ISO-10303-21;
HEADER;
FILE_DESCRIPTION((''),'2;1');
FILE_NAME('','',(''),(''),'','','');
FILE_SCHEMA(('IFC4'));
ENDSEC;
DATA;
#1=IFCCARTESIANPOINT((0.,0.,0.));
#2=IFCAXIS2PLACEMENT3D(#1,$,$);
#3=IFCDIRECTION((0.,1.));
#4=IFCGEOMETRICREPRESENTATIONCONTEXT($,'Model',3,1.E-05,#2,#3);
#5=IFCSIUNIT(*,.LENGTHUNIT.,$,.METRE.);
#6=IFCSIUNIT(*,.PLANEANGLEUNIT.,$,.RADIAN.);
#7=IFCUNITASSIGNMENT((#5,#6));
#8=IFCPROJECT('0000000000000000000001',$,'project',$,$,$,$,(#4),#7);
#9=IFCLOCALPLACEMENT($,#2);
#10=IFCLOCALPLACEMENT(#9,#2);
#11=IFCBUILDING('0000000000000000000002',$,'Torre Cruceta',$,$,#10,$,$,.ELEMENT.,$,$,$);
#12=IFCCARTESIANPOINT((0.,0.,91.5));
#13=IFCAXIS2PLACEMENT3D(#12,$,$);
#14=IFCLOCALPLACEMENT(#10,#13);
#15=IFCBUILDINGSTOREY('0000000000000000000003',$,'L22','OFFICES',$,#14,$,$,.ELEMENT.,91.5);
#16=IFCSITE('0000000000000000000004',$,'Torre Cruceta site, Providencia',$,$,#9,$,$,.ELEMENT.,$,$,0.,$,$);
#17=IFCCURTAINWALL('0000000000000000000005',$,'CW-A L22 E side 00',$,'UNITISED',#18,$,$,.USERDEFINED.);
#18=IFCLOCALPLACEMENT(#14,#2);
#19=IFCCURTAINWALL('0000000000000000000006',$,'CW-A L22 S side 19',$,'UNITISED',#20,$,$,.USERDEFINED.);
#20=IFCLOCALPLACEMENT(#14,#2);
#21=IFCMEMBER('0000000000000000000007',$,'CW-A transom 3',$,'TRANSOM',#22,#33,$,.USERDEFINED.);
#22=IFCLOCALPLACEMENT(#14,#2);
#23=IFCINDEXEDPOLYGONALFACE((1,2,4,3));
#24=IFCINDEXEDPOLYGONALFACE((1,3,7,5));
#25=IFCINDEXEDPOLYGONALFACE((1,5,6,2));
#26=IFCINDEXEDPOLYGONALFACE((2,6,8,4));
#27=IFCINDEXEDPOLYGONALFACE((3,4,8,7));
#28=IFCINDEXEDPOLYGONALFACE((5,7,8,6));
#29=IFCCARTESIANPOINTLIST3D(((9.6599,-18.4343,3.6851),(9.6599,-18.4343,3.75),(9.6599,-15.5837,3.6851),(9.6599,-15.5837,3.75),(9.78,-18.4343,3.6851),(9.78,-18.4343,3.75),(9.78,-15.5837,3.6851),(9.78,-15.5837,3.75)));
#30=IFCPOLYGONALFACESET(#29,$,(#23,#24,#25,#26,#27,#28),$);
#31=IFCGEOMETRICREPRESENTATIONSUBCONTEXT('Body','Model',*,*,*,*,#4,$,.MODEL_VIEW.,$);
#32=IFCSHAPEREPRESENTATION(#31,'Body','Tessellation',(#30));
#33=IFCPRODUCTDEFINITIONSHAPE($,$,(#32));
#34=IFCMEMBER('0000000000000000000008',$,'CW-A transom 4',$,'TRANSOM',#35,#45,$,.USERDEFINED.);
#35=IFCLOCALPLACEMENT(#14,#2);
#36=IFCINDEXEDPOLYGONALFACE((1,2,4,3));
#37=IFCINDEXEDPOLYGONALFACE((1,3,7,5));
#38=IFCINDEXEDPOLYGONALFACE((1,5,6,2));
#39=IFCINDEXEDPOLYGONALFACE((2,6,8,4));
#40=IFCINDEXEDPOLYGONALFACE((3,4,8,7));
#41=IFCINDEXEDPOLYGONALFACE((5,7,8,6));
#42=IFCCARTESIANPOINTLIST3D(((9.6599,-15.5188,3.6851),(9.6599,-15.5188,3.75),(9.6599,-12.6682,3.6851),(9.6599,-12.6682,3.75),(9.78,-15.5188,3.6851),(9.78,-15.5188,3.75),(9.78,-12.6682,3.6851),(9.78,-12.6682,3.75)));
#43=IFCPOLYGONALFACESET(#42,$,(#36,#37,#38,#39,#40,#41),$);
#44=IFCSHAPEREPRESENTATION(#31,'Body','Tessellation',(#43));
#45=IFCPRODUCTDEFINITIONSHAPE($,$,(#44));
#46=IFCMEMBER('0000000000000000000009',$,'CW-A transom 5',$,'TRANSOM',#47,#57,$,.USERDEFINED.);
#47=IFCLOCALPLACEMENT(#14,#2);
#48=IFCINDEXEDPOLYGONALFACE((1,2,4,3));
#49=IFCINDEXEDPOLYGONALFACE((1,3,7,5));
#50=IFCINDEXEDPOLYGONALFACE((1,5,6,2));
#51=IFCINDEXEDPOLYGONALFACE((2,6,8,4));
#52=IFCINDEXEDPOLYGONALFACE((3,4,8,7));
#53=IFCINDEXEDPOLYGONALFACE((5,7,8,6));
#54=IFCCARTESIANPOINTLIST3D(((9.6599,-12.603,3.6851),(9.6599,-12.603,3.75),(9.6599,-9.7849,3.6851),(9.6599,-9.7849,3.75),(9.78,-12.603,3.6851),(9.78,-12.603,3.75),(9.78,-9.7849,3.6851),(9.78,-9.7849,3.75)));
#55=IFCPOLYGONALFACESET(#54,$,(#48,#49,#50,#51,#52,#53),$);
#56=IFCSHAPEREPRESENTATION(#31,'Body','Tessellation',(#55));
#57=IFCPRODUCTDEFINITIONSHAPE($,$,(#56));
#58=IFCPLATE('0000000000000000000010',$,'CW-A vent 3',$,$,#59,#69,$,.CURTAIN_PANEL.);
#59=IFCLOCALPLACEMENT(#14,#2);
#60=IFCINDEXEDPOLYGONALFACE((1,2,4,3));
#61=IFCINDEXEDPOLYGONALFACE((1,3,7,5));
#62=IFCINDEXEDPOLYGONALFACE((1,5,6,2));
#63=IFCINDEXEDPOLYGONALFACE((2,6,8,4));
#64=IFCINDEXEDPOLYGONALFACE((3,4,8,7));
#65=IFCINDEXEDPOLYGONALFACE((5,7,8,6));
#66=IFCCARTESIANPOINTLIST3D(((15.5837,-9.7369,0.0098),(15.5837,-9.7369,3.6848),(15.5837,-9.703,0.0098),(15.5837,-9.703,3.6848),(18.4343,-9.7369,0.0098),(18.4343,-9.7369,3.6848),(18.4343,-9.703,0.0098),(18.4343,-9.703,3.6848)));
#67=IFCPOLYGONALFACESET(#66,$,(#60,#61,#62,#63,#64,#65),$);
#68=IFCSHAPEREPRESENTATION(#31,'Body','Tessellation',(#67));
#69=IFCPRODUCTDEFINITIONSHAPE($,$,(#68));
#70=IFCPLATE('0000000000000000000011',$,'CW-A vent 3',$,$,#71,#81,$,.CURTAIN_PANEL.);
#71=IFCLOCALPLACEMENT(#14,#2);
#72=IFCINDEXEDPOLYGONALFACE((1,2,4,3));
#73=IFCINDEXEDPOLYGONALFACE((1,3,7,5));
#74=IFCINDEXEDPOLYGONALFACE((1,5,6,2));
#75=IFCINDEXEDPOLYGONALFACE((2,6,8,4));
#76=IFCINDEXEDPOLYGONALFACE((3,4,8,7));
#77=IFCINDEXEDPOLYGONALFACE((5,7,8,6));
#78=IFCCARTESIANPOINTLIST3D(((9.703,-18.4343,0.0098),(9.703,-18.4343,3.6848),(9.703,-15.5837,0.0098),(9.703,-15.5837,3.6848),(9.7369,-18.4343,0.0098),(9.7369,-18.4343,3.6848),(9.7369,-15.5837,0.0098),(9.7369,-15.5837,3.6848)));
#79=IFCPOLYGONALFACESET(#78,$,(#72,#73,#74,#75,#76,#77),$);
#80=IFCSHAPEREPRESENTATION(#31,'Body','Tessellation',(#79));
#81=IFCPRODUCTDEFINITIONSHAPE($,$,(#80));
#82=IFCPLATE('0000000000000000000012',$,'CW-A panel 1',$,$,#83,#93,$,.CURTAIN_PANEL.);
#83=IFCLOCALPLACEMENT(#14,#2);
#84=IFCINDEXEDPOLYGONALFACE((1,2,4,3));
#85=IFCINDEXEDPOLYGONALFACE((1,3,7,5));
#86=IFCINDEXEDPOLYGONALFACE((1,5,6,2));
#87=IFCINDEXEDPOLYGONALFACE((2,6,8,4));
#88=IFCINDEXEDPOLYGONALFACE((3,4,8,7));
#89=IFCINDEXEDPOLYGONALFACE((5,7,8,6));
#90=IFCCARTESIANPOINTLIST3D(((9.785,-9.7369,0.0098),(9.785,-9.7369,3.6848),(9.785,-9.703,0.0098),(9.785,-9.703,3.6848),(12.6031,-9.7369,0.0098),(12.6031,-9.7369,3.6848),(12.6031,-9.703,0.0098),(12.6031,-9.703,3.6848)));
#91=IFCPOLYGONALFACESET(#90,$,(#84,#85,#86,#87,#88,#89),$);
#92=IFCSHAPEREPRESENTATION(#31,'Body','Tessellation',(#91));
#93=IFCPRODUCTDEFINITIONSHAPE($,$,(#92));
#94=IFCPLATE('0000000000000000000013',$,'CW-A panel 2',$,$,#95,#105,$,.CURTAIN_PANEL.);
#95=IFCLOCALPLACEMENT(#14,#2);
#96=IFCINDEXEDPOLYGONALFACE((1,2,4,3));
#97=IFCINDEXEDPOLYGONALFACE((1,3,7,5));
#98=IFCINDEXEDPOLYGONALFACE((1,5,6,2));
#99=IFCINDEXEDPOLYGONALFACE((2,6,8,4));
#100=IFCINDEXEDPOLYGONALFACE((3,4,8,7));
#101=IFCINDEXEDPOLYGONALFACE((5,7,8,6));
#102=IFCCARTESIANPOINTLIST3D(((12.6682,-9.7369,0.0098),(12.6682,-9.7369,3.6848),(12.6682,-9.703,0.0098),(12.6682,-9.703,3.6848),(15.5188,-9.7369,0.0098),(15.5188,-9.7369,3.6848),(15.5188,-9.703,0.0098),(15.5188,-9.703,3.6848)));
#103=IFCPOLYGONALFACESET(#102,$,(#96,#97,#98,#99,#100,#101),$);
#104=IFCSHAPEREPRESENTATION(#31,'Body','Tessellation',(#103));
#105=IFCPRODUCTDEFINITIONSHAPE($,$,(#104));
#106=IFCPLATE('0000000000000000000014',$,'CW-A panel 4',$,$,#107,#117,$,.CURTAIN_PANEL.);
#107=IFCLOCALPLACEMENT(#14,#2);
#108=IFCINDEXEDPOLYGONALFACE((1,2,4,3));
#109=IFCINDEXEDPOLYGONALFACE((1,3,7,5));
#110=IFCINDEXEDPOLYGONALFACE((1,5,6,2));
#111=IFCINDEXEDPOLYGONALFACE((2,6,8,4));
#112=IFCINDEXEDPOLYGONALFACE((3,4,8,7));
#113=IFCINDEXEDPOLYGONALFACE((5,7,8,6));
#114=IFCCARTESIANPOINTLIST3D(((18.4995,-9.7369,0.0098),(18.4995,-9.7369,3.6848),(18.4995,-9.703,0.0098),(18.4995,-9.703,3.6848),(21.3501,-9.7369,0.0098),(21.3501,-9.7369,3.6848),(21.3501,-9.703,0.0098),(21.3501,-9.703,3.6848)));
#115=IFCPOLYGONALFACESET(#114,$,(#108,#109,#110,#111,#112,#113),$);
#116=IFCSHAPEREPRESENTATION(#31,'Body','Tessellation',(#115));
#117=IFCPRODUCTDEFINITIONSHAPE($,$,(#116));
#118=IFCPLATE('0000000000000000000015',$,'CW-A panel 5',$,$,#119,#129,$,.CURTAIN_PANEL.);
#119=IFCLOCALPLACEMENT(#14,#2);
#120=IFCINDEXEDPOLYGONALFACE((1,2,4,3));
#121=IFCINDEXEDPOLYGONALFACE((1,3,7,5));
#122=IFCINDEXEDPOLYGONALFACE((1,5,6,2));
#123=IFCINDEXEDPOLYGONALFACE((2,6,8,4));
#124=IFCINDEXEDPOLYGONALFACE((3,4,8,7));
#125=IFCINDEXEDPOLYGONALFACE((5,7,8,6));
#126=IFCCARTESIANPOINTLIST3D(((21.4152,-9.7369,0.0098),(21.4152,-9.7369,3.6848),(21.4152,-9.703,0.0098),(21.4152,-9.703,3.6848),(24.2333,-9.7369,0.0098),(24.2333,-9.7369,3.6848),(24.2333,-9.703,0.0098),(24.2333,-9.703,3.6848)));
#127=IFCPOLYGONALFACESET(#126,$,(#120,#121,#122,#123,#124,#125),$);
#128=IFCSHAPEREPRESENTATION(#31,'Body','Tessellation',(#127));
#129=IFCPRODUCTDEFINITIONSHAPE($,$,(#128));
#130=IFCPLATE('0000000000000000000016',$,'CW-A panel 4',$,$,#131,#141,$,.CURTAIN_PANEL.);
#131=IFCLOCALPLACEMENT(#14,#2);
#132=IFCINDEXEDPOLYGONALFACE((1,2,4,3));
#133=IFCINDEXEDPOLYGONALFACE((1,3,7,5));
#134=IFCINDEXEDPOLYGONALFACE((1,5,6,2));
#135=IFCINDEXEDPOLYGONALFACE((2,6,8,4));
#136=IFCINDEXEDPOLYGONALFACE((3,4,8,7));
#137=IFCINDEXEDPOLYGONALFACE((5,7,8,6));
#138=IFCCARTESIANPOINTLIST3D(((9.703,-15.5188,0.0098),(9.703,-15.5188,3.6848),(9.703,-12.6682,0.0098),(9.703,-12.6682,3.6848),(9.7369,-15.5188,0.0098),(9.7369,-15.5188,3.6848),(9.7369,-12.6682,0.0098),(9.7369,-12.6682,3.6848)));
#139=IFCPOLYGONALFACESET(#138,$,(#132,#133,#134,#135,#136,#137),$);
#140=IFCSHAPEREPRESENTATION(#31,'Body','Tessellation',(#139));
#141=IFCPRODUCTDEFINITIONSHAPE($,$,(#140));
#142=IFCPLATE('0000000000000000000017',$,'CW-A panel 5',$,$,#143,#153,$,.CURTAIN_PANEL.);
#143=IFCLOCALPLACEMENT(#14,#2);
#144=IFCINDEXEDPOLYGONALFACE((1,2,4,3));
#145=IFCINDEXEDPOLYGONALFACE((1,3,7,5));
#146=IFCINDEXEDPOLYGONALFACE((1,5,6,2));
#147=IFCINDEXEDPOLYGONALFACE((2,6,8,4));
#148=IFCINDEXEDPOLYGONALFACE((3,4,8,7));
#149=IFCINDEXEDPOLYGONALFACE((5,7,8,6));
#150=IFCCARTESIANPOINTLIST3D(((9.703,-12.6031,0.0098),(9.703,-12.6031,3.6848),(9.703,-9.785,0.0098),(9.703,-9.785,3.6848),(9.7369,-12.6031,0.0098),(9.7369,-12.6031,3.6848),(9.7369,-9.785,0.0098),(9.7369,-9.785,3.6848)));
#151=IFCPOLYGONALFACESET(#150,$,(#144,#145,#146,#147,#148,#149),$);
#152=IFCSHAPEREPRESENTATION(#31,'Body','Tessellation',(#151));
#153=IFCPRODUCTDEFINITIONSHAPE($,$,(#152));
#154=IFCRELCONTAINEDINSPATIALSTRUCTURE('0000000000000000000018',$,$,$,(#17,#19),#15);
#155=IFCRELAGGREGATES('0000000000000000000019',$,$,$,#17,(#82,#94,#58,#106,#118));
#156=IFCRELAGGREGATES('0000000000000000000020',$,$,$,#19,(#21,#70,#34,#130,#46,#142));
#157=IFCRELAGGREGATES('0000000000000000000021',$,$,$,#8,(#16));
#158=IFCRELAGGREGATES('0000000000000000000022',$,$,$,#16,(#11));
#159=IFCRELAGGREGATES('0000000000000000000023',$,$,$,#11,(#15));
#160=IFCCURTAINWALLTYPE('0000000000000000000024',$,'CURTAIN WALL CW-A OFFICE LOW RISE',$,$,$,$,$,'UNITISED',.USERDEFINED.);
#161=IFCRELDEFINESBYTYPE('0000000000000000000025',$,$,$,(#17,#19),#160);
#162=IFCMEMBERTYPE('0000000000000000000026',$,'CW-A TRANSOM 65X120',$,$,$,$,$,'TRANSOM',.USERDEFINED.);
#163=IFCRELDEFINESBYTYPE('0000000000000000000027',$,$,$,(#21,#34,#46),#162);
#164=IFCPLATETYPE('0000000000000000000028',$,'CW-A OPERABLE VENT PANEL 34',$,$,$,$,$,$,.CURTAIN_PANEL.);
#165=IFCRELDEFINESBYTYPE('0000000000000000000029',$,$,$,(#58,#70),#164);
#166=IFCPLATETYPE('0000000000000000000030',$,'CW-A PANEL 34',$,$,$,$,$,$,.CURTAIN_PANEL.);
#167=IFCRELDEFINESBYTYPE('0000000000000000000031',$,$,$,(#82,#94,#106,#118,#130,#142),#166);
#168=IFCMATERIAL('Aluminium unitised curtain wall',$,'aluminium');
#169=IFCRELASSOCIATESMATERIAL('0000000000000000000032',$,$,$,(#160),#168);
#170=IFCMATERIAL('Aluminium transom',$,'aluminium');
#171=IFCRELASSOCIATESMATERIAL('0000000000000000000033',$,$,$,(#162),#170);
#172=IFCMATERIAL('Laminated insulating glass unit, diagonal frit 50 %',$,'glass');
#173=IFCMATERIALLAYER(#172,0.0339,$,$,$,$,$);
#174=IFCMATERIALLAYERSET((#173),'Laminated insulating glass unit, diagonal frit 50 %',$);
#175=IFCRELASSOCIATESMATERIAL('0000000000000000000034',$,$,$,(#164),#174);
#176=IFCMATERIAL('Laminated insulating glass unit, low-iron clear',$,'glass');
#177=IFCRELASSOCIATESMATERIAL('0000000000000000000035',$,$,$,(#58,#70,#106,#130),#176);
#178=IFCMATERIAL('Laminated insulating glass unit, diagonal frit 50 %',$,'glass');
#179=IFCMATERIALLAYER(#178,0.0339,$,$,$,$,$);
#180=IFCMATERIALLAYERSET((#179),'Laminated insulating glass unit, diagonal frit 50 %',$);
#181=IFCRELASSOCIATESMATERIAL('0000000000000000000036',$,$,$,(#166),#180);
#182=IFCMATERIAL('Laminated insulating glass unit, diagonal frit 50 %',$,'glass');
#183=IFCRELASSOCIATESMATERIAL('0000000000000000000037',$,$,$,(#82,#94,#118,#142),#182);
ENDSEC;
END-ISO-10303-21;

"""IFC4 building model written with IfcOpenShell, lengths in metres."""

from ifc_helpers import new_model, si_unit, direction, frame, origin, origin_2d, place, context, subcontext, project, spatial, rectangle, extrude, material, layer, layer_set, material_profile, profile_set, type_object, element, aggregate, save


model = new_model("IFC4")

# Units and contexts
model_context = context("Model", 3, precision=1e-05, world=origin(), true_north=direction((0.0, 1.0)))
body_context = subcontext(model_context, "Body", "Model", "MODEL_VIEW")
ifc_project = project(units=[si_unit("LENGTHUNIT", "METRE"), si_unit("PLANEANGLEUNIT", "RADIAN")], contexts=[model_context])

# Site, building, storey
site_placement = place(None, origin())
site = spatial("IfcSite", under=ifc_project, at=site_placement, Name="Torre Cruceta site, Providencia", CompositionType="ELEMENT", RefElevation=0.0)
building_placement = place(site_placement, origin())
building = spatial("IfcBuilding", under=site, at=building_placement, Name="Torre Cruceta", CompositionType="ELEMENT")
storey_placement = place(building_placement, frame((0.0, 0.0, 91.5)))
storey = spatial("IfcBuildingStorey", under=building, at=storey_placement, Name="L22", Description="OFFICES", CompositionType="ELEMENT", Elevation=91.5)

# Curtain walls
ifc_material_1 = material(Name="Aluminium unitised curtain wall", Category="aluminium")
curtain_wall_type = type_object("IfcCurtainWallType", Name="CURTAIN WALL CW-A OFFICE LOW RISE", ElementType="UNITISED", PredefinedType="USERDEFINED", material=ifc_material_1)
curtain_wall_1_placement = place(storey_placement, origin())
curtain_wall_1 = element("IfcCurtainWall", 1, at=curtain_wall_1_placement, inside=storey, type_object=curtain_wall_type, Name="CW-A L22 E side 00", ObjectType="UNITISED", PredefinedType="USERDEFINED")
curtain_wall_2_placement = place(storey_placement, origin())
curtain_wall_2 = element("IfcCurtainWall", 2, at=curtain_wall_2_placement, inside=storey, type_object=curtain_wall_type, Name="CW-A L22 S side 19", ObjectType="UNITISED", PredefinedType="USERDEFINED")

# Members
ifc_material_2 = material(Name="Aluminium transom", Category="aluminium")
ifc_material_profile_1 = material_profile(ifc_material_2, rectangle(XDim=0.1201, YDim=0.0649, at=origin_2d()), Name="AL 120X65")
ifc_profile_set_1 = profile_set([ifc_material_profile_1], Name="Aluminium transom")
member_type_1 = type_object("IfcMemberType", Name="CW-A TRANSOM 65X120", ElementType="TRANSOM", PredefinedType="USERDEFINED", material=ifc_profile_set_1)
member_1_placement = place(storey_placement, frame((9.72, -18.4343, 3.7175), z_axis=(0.0, 1.0, 0.0), x_axis=(-1.0, 0.0, 0.0)))
member_1 = element("IfcMember", 3, at=member_1_placement, type_object=member_type_1, Name="CW-A transom 3", ObjectType="TRANSOM", PredefinedType="USERDEFINED", context=body_context, shape_type="SweptSolid", body=[
    extrude(rectangle(XDim=0.1201, YDim=0.0649, at=origin_2d()), origin(), (0.0, 0.0, 1.0), 2.8506),
])
member_2_placement = place(storey_placement, frame((9.72, -15.5188, 3.7175), z_axis=(0.0, 1.0, 0.0), x_axis=(-1.0, 0.0, 0.0)))
member_2 = element("IfcMember", 4, at=member_2_placement, type_object=member_type_1, Name="CW-A transom 4", ObjectType="TRANSOM", PredefinedType="USERDEFINED", context=body_context, shape_type="SweptSolid", body=[
    extrude(rectangle(XDim=0.1201, YDim=0.0649, at=origin_2d()), origin(), (0.0, 0.0, 1.0), 2.8506),
])
member_3_placement = place(storey_placement, frame((9.72, -12.603, 3.7175), z_axis=(0.0, 1.0, 0.0), x_axis=(-1.0, 0.0, 0.0)))
member_3 = element("IfcMember", 5, at=member_3_placement, type_object=member_type_1, Name="CW-A transom 5", ObjectType="TRANSOM", PredefinedType="USERDEFINED", context=body_context, shape_type="SweptSolid", body=[
    extrude(rectangle(XDim=0.1201, YDim=0.0649, at=origin_2d()), origin(), (0.0, 0.0, 1.0), 2.8181),
])

# Plates
ifc_material_3 = material(Name="Laminated insulating glass unit, low-iron clear", Category="glass")
ifc_material_4 = material(Name="Laminated insulating glass unit, diagonal frit 50 %", Category="glass")
ifc_layer_1 = layer(ifc_material_4, 0.0339)
ifc_layer_set_1 = layer_set([ifc_layer_1], Name="Laminated insulating glass unit, diagonal frit 50 %")
plate_type_1 = type_object("IfcPlateType", Name="CW-A OPERABLE VENT PANEL 34", PredefinedType="CURTAIN_PANEL", material=ifc_layer_set_1)
plate_1_placement = place(storey_placement, frame((17.009, -9.72, 0.0098), z_axis=(0.0, 0.0, 1.0), x_axis=(1.0, 0.0, 0.0)))
plate_1 = element("IfcPlate", 6, at=plate_1_placement, type_object=plate_type_1, material=ifc_material_3, Name="CW-A vent 3", PredefinedType="CURTAIN_PANEL", context=body_context, shape_type="SweptSolid", body=[
    extrude(rectangle(XDim=2.8506, YDim=0.0339, at=origin_2d()), origin(), (0.0, 0.0, 1.0), 3.675),
])
plate_2_placement = place(storey_placement, frame((9.72, -17.009, 0.0098), z_axis=(0.0, 0.0, 1.0), x_axis=(0.0, 1.0, 0.0)))
plate_2 = element("IfcPlate", 7, at=plate_2_placement, type_object=plate_type_1, material=ifc_material_3, Name="CW-A vent 3", PredefinedType="CURTAIN_PANEL", context=body_context, shape_type="SweptSolid", body=[
    extrude(rectangle(XDim=2.8506, YDim=0.0339, at=origin_2d()), origin(), (0.0, 0.0, 1.0), 3.675),
])
ifc_material_5 = material(Name="Laminated insulating glass unit, diagonal frit 50 %", Category="glass")
ifc_material_6 = material(Name="Laminated insulating glass unit, diagonal frit 50 %", Category="glass")
ifc_layer_2 = layer(ifc_material_6, 0.0339)
ifc_layer_set_2 = layer_set([ifc_layer_2], Name="Laminated insulating glass unit, diagonal frit 50 %")
plate_type_2 = type_object("IfcPlateType", Name="CW-A PANEL 34", PredefinedType="CURTAIN_PANEL", material=ifc_layer_set_2)
plate_3_placement = place(storey_placement, frame((11.1941, -9.72, 0.0098), z_axis=(0.0, 0.0, 1.0), x_axis=(1.0, 0.0, 0.0)))
plate_3 = element("IfcPlate", 8, at=plate_3_placement, type_object=plate_type_2, material=ifc_material_5, Name="CW-A panel 1", PredefinedType="CURTAIN_PANEL", context=body_context, shape_type="SweptSolid", body=[
    extrude(rectangle(XDim=2.8181, YDim=0.0339, at=origin_2d()), origin(), (0.0, 0.0, 1.0), 3.675),
])
plate_4_placement = place(storey_placement, frame((14.0935, -9.72, 0.0098), z_axis=(0.0, 0.0, 1.0), x_axis=(1.0, 0.0, 0.0)))
plate_4 = element("IfcPlate", 9, at=plate_4_placement, type_object=plate_type_2, material=ifc_material_5, Name="CW-A panel 2", PredefinedType="CURTAIN_PANEL", context=body_context, shape_type="SweptSolid", body=[
    extrude(rectangle(XDim=2.8506, YDim=0.0339, at=origin_2d()), origin(), (0.0, 0.0, 1.0), 3.675),
])
plate_5_placement = place(storey_placement, frame((19.9248, -9.72, 0.0098), z_axis=(0.0, 0.0, 1.0), x_axis=(1.0, 0.0, 0.0)))
plate_5 = element("IfcPlate", 10, at=plate_5_placement, type_object=plate_type_2, material=ifc_material_3, Name="CW-A panel 4", PredefinedType="CURTAIN_PANEL", context=body_context, shape_type="SweptSolid", body=[
    extrude(rectangle(XDim=2.8506, YDim=0.0339, at=origin_2d()), origin(), (0.0, 0.0, 1.0), 3.675),
])
plate_6_placement = place(storey_placement, frame((22.8242, -9.72, 0.0098), z_axis=(0.0, 0.0, 1.0), x_axis=(1.0, 0.0, 0.0)))
plate_6 = element("IfcPlate", 11, at=plate_6_placement, type_object=plate_type_2, material=ifc_material_5, Name="CW-A panel 5", PredefinedType="CURTAIN_PANEL", context=body_context, shape_type="SweptSolid", body=[
    extrude(rectangle(XDim=2.8181, YDim=0.0339, at=origin_2d()), origin(), (0.0, 0.0, 1.0), 3.675),
])
aggregate(curtain_wall_1, [plate_3, plate_4, plate_1, plate_5, plate_6])
plate_7_placement = place(storey_placement, frame((9.72, -14.0935, 0.0098), z_axis=(0.0, 0.0, 1.0), x_axis=(0.0, 1.0, 0.0)))
plate_7 = element("IfcPlate", 12, at=plate_7_placement, type_object=plate_type_2, material=ifc_material_3, Name="CW-A panel 4", PredefinedType="CURTAIN_PANEL", context=body_context, shape_type="SweptSolid", body=[
    extrude(rectangle(XDim=2.8506, YDim=0.0339, at=origin_2d()), origin(), (0.0, 0.0, 1.0), 3.675),
])
plate_8_placement = place(storey_placement, frame((9.72, -11.1941, 0.0098), z_axis=(0.0, 0.0, 1.0), x_axis=(0.0, 1.0, 0.0)))
plate_8 = element("IfcPlate", 13, at=plate_8_placement, type_object=plate_type_2, material=ifc_material_5, Name="CW-A panel 5", PredefinedType="CURTAIN_PANEL", context=body_context, shape_type="SweptSolid", body=[
    extrude(rectangle(XDim=2.8181, YDim=0.0339, at=origin_2d()), origin(), (0.0, 0.0, 1.0), 3.675),
])
aggregate(curtain_wall_2, [member_1, plate_2, member_2, plate_7, member_3, plate_8])

save(model, "model.ifc")
